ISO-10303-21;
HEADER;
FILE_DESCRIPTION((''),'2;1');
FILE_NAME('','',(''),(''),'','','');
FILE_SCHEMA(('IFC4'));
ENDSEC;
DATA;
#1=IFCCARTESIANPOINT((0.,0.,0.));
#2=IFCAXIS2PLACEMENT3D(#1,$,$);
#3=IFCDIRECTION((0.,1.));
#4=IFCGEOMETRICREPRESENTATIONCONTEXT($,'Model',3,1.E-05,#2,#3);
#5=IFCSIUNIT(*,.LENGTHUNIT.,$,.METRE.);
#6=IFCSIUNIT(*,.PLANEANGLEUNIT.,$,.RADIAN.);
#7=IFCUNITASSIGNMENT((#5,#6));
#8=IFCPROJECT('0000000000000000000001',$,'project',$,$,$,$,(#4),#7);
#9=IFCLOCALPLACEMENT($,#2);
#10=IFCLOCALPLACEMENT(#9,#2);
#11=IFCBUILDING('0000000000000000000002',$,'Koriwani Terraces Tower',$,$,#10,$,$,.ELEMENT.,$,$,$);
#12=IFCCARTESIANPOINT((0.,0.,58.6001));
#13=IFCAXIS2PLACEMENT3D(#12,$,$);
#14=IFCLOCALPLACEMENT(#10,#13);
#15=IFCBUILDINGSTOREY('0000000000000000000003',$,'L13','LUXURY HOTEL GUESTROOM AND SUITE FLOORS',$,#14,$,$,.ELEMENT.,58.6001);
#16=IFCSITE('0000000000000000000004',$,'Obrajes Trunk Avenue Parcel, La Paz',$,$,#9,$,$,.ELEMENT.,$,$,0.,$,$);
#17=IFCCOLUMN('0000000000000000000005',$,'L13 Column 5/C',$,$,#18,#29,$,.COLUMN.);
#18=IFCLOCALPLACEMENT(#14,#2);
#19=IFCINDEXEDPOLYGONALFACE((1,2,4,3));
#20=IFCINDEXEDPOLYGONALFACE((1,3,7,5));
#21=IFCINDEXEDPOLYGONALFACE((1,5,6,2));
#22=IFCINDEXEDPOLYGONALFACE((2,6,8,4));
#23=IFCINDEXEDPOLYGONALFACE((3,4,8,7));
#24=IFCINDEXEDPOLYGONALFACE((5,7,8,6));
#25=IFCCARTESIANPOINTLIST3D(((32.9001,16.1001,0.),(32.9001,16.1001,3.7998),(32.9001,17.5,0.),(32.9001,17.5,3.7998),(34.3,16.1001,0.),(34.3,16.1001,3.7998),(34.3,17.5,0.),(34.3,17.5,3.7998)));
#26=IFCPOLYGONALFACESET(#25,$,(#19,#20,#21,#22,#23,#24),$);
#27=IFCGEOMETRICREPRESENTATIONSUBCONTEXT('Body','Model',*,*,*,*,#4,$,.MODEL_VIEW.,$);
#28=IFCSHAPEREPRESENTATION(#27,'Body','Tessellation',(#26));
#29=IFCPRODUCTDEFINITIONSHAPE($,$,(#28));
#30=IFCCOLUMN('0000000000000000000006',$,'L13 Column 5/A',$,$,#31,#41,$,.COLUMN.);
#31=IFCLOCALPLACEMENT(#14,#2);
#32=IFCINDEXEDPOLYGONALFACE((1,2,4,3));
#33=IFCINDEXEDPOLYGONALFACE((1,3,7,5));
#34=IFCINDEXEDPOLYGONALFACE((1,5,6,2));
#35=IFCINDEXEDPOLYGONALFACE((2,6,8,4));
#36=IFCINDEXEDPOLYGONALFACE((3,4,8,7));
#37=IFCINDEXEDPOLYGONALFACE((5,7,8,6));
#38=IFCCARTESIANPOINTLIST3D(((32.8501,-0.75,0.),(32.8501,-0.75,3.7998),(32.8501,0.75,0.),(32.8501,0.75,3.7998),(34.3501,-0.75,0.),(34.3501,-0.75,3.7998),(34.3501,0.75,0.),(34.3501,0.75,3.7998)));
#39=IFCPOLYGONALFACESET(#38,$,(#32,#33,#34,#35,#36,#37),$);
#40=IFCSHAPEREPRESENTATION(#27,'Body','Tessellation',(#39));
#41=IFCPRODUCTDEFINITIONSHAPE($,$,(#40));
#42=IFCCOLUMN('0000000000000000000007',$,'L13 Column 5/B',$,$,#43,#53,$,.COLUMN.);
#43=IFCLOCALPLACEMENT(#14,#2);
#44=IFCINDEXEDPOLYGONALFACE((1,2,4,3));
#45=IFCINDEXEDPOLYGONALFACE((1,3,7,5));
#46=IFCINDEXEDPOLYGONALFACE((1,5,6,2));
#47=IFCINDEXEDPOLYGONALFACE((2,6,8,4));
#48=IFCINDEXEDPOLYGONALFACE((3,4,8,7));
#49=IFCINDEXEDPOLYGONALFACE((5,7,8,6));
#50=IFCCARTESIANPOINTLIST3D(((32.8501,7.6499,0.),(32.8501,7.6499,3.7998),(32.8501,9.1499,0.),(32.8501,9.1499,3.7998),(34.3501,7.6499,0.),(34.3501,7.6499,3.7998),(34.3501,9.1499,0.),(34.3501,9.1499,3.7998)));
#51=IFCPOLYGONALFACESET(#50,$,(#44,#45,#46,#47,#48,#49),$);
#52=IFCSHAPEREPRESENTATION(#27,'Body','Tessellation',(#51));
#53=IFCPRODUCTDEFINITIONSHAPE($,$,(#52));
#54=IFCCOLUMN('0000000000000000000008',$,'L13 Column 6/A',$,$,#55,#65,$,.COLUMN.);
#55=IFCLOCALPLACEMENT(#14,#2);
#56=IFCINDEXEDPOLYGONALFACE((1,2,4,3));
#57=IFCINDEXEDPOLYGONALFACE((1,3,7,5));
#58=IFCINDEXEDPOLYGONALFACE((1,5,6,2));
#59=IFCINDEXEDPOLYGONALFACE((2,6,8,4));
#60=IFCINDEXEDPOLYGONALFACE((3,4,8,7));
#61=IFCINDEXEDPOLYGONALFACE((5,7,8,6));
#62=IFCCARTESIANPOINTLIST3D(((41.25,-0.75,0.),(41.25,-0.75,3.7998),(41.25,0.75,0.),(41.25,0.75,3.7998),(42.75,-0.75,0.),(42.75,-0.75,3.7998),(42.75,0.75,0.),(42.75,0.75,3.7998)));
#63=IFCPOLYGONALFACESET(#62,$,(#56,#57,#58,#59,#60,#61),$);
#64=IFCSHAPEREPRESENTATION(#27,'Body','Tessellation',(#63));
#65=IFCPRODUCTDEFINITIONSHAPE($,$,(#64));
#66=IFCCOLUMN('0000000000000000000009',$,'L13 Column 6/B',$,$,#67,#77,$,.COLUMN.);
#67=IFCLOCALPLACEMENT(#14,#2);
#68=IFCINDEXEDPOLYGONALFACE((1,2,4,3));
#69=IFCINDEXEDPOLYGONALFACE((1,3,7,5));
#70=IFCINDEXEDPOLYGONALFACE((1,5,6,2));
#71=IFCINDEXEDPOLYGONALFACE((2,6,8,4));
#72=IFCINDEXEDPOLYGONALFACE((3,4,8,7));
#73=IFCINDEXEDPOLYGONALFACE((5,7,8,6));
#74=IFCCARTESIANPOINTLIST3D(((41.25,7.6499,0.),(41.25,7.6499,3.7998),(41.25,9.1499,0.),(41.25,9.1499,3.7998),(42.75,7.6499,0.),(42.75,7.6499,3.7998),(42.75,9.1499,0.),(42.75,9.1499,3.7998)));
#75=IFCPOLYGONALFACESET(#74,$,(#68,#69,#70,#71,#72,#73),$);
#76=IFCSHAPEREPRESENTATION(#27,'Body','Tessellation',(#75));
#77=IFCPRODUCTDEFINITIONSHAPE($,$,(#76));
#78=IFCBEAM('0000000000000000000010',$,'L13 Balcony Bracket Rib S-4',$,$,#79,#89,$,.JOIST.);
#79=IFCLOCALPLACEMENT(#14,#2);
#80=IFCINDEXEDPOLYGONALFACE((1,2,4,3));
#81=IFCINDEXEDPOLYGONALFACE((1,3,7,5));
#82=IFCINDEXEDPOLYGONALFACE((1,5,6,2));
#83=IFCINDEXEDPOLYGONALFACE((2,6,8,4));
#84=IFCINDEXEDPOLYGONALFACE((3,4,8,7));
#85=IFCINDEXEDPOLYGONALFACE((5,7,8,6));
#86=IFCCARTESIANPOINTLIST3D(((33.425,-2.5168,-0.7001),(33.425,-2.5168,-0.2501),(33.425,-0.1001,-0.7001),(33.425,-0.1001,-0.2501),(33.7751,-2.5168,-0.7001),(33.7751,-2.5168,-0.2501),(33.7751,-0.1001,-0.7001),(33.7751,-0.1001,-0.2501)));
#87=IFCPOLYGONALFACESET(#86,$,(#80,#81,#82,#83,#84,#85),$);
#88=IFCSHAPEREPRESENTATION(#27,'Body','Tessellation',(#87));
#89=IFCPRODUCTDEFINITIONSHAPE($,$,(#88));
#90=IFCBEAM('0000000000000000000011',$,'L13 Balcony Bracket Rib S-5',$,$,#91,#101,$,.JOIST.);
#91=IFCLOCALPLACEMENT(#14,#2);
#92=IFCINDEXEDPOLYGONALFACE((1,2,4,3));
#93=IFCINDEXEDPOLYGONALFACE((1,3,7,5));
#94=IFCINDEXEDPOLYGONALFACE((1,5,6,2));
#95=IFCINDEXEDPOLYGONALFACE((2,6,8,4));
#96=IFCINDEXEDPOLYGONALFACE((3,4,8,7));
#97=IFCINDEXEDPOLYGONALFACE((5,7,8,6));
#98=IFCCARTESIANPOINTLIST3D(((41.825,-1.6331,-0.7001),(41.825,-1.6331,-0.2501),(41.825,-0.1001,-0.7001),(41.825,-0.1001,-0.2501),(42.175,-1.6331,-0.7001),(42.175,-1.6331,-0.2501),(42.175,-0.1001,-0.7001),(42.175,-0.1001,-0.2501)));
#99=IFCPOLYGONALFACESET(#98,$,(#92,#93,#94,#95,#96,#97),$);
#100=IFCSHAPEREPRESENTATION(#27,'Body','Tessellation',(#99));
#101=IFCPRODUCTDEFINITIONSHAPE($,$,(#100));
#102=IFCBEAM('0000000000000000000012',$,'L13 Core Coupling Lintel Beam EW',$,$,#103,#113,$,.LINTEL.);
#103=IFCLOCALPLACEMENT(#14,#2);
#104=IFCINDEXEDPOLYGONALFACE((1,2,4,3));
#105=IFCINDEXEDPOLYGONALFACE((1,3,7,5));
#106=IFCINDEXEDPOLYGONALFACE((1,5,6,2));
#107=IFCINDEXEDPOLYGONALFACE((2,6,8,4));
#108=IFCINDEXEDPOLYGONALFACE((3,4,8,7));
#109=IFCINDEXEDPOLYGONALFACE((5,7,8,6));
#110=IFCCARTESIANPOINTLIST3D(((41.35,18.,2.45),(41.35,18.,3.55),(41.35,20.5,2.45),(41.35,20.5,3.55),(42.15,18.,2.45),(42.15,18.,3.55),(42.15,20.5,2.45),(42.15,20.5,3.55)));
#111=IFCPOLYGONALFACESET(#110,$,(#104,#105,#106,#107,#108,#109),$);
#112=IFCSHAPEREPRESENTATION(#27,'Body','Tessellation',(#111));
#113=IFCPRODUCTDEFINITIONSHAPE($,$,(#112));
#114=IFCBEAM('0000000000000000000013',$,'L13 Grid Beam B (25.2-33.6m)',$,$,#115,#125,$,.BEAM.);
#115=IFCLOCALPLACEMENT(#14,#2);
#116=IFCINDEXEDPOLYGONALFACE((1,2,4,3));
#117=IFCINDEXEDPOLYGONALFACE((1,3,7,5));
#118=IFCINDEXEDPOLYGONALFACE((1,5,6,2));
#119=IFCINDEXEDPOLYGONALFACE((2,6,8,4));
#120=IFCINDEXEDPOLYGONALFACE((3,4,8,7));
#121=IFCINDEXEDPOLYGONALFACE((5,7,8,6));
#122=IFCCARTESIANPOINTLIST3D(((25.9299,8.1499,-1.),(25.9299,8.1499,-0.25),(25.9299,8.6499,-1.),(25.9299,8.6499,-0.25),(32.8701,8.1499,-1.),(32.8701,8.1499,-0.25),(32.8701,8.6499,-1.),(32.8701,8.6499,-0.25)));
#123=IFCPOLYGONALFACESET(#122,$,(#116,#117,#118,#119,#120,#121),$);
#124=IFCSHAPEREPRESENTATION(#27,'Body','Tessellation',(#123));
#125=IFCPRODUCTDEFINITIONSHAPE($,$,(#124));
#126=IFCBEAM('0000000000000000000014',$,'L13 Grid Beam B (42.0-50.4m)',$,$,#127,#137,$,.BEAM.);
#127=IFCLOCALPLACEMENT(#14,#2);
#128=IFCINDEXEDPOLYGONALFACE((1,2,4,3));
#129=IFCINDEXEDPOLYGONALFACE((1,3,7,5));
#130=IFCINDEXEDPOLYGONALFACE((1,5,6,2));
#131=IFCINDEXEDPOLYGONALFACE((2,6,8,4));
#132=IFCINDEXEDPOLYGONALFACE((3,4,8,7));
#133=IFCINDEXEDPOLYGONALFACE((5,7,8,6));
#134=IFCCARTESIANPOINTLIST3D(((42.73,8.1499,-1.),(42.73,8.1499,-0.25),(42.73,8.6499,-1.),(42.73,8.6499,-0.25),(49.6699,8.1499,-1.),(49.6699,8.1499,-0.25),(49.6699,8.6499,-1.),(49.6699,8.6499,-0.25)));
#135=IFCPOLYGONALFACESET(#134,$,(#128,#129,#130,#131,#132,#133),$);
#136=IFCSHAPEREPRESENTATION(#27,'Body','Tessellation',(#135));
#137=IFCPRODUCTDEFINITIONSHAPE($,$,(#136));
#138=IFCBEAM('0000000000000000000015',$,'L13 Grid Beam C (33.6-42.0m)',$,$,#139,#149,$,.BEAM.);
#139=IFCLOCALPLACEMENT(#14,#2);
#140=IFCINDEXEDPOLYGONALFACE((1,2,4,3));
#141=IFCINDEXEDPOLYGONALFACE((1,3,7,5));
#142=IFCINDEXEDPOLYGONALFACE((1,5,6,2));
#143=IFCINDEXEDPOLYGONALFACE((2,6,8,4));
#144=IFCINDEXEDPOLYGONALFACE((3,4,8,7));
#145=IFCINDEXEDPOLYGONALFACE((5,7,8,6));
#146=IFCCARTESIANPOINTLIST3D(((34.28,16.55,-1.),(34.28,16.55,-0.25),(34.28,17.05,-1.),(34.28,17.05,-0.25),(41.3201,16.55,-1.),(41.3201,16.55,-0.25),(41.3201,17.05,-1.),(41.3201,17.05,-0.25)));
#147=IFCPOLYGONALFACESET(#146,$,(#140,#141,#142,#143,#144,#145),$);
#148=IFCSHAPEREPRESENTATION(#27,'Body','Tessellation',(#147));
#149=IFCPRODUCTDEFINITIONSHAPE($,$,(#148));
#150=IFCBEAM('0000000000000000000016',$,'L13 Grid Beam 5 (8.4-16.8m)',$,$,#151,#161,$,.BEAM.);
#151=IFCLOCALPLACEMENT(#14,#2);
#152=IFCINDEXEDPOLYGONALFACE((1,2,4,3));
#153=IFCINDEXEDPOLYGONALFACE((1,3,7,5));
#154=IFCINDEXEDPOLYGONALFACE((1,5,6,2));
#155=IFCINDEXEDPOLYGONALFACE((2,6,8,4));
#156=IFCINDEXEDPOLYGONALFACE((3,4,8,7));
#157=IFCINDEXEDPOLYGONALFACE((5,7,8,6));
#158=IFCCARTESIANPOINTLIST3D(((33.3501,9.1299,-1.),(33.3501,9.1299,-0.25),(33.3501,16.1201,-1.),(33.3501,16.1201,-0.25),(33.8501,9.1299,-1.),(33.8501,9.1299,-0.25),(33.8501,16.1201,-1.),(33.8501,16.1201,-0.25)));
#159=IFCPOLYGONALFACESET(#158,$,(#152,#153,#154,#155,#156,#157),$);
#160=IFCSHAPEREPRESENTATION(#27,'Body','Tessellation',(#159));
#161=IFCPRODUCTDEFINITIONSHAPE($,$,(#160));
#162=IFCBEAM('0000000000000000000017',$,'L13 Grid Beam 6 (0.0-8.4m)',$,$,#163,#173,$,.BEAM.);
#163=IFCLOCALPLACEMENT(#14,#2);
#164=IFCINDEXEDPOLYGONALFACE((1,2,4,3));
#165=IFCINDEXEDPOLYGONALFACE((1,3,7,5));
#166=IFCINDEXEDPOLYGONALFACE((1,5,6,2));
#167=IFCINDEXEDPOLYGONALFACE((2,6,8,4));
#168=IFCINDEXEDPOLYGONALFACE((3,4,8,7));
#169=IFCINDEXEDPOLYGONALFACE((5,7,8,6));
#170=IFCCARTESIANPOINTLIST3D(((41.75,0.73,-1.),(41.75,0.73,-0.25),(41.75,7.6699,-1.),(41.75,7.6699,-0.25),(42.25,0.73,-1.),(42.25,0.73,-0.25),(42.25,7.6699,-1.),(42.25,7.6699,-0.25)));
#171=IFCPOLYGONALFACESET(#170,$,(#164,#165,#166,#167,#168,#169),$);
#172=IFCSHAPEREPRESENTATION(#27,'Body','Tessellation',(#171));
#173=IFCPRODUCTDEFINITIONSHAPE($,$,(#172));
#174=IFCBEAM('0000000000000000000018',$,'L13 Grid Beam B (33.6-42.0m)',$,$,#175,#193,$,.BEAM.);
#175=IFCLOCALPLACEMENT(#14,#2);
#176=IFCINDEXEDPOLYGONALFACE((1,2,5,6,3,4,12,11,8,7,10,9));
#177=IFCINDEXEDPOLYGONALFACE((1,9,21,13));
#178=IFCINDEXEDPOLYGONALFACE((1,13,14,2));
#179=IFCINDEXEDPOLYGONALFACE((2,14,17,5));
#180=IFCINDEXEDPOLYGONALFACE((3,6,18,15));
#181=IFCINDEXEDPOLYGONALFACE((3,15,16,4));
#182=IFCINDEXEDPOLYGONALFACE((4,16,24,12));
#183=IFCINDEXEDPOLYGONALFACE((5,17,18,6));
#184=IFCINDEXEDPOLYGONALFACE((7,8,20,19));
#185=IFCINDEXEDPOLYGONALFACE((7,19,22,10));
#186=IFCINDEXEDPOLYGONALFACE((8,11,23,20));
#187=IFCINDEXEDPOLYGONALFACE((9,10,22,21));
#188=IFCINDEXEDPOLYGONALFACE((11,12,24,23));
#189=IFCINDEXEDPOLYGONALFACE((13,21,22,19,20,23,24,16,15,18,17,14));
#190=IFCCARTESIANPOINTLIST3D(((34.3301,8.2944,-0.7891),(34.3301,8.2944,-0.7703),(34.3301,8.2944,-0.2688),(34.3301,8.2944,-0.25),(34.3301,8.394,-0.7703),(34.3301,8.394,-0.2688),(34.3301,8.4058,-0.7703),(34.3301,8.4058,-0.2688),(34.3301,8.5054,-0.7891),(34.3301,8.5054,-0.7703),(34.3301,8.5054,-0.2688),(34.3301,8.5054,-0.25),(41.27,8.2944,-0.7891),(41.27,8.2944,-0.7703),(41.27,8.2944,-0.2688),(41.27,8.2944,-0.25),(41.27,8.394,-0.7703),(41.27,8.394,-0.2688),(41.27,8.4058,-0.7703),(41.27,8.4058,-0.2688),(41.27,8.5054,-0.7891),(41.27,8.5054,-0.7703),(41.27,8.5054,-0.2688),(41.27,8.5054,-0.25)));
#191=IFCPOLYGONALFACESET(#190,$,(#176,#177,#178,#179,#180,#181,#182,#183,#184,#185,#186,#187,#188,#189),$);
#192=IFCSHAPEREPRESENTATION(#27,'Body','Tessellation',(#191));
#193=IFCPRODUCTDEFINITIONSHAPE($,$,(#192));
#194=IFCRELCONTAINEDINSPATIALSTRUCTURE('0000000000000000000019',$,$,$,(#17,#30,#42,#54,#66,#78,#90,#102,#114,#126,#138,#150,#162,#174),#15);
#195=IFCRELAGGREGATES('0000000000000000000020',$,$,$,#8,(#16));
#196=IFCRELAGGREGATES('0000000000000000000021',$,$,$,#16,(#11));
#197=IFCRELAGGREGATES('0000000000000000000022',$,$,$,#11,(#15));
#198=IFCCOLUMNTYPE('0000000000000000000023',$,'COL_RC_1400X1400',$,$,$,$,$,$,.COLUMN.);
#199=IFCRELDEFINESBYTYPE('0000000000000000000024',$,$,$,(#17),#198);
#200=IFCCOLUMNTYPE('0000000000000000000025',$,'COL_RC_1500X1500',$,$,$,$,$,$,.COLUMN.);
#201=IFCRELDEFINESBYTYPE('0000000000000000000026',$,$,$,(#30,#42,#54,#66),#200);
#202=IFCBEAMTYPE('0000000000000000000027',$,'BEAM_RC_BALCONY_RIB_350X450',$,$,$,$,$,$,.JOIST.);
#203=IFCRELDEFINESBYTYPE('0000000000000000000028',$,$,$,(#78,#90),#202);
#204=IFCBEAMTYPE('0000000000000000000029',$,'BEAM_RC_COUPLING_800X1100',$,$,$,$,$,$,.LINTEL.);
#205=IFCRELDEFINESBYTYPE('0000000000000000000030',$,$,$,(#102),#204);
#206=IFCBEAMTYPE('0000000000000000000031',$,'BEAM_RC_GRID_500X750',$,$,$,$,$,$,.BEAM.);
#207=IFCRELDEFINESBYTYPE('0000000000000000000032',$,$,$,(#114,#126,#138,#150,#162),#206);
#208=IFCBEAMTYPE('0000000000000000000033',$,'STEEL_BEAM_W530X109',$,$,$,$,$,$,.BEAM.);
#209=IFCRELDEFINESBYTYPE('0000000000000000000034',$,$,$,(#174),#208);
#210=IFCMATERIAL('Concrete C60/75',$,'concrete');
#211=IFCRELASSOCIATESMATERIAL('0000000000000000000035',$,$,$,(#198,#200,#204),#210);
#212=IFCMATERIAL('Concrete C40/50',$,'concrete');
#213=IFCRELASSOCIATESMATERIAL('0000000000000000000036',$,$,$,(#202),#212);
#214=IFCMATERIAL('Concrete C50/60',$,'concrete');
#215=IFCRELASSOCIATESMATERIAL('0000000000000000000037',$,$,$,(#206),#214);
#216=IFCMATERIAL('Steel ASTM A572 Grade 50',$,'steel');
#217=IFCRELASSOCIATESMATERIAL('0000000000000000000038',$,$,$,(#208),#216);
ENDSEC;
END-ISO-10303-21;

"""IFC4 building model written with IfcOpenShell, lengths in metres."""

from ifc_helpers import new_model, si_unit, direction, frame, origin, origin_2d, place, context, subcontext, project, spatial, rectangle, i_section, extrude, material, material_profile, profile_set, type_object, element, save


model = new_model("IFC4")

# Units and contexts
model_context = context("Model", 3, precision=1e-05, world=origin(), true_north=direction((0.0, 1.0)))
body_context = subcontext(model_context, "Body", "Model", "MODEL_VIEW")
ifc_project = project(units=[si_unit("LENGTHUNIT", "METRE"), si_unit("PLANEANGLEUNIT", "RADIAN")], contexts=[model_context])

# Site, building, storey
site_placement = place(None, origin())
site = spatial("IfcSite", under=ifc_project, at=site_placement, Name="Obrajes Trunk Avenue Parcel, La Paz", CompositionType="ELEMENT", RefElevation=0.0)
building_placement = place(site_placement, origin())
building = spatial("IfcBuilding", under=site, at=building_placement, Name="Koriwani Terraces Tower", CompositionType="ELEMENT")
storey_placement = place(building_placement, frame((0.0, 0.0, 58.6001)))
storey = spatial("IfcBuildingStorey", under=building, at=storey_placement, Name="L13", Description="LUXURY HOTEL GUESTROOM AND SUITE FLOORS", CompositionType="ELEMENT", Elevation=58.6001)

# Columns
ifc_material_1 = material(Name="Concrete C60/75", Category="concrete")
ifc_material_profile_1 = material_profile(ifc_material_1, rectangle(XDim=1.3999, YDim=1.3999, at=origin_2d()), Name="Concrete C60/75", Category="LoadBearing")
ifc_profile_set_1 = profile_set([ifc_material_profile_1], Name="Concrete C60/75")
column_type_1 = type_object("IfcColumnType", Name="COL_RC_1400X1400", PredefinedType="COLUMN", material=ifc_profile_set_1)
column_placement = place(storey_placement, frame((33.6001, 16.8, 0.0), z_axis=(0.0, 0.0, 1.0), x_axis=(1.0, 0.0, 0.0)))
element("IfcColumn", 1, at=column_placement, inside=storey, type_object=column_type_1, Name="L13 Column 5/C", PredefinedType="COLUMN", context=body_context, shape_type="SweptSolid", body=[
    extrude(rectangle(XDim=1.3999, YDim=1.3999, at=origin_2d()), origin(), (0.0, 0.0, 1.0), 3.7998),
])
ifc_material_profile_2 = material_profile(ifc_material_1, rectangle(XDim=1.5, YDim=1.5, at=origin_2d()), Name="Concrete C60/75", Category="LoadBearing")
ifc_profile_set_2 = profile_set([ifc_material_profile_2], Name="Concrete C60/75")
column_type_2 = type_object("IfcColumnType", Name="COL_RC_1500X1500", PredefinedType="COLUMN", material=ifc_profile_set_2)
for number, where, z_axis, x_axis, name in (
    (2, (33.6001, 0.0, 0.0), (0.0, 0.0, 1.0), (1.0, 0.0, 0.0), "L13 Column 5/A"),
    (3, (33.6001, 8.3999, 0.0), (0.0, 0.0, 1.0), (1.0, 0.0, 0.0), "L13 Column 5/B"),
    (4, (42.0, 0.0, 0.0), (0.0, 0.0, 1.0), (1.0, 0.0, 0.0), "L13 Column 6/A"),
    (5, (42.0, 8.3999, 0.0), (0.0, 0.0, 1.0), (1.0, 0.0, 0.0), "L13 Column 6/B"),
):
    element("IfcColumn", number, at=place(storey_placement, frame(where, z_axis=z_axis, x_axis=x_axis)), inside=storey, type_object=column_type_2, Name=name, PredefinedType="COLUMN", context=body_context, shape_type="SweptSolid", body=[
        extrude(rectangle(XDim=1.5, YDim=1.5, at=origin_2d()), origin(), (0.0, 0.0, 1.0), 3.7998),
    ])

# Beams
ifc_material_2 = material(Name="Concrete C40/50", Category="concrete")
ifc_material_profile_3 = material_profile(ifc_material_2, rectangle(XDim=0.3501, YDim=0.45, at=origin_2d()), Name="Concrete C40/50", Category="LoadBearing")
ifc_profile_set_3 = profile_set([ifc_material_profile_3], Name="Concrete C40/50")
beam_type_1 = type_object("IfcBeamType", Name="BEAM_RC_BALCONY_RIB_350X450", PredefinedType="JOIST", material=ifc_profile_set_3)
beam_1_placement = place(storey_placement, frame((33.6001, -2.5168, -0.4751), z_axis=(0.0, 1.0, 0.0), x_axis=(-1.0, 0.0, 0.0)))
element("IfcBeam", 6, at=beam_1_placement, inside=storey, type_object=beam_type_1, Name="L13 Balcony Bracket Rib S-4", PredefinedType="JOIST", context=body_context, shape_type="SweptSolid", body=[
    extrude(rectangle(XDim=0.3501, YDim=0.45, at=origin_2d()), origin(), (0.0, 0.0, 1.0), 2.4167),
])
beam_2_placement = place(storey_placement, frame((42.0, -1.6331, -0.4751), z_axis=(0.0, 1.0, 0.0), x_axis=(-1.0, 0.0, 0.0)))
element("IfcBeam", 7, at=beam_2_placement, inside=storey, type_object=beam_type_1, Name="L13 Balcony Bracket Rib S-5", PredefinedType="JOIST", context=body_context, shape_type="SweptSolid", body=[
    extrude(rectangle(XDim=0.3501, YDim=0.45, at=origin_2d()), origin(), (0.0, 0.0, 1.0), 1.533),
])
ifc_material_profile_4 = material_profile(ifc_material_1, rectangle(XDim=0.8, YDim=1.1001, at=origin_2d()), Name="Concrete C60/75", Category="LoadBearing")
ifc_profile_set_4 = profile_set([ifc_material_profile_4], Name="Concrete C60/75")
beam_type_2 = type_object("IfcBeamType", Name="BEAM_RC_COUPLING_800X1100", PredefinedType="LINTEL", material=ifc_profile_set_4)
beam_3_placement = place(storey_placement, frame((41.75, 18.0, 3.0), z_axis=(0.0, 1.0, 0.0), x_axis=(-1.0, 0.0, 0.0)))
element("IfcBeam", 8, at=beam_3_placement, inside=storey, type_object=beam_type_2, Name="L13 Core Coupling Lintel Beam EW", PredefinedType="LINTEL", context=body_context, shape_type="SweptSolid", body=[
    extrude(rectangle(XDim=0.8, YDim=1.1001, at=origin_2d()), origin(), (0.0, 0.0, 1.0), 2.5),
])
ifc_material_3 = material(Name="Concrete C50/60", Category="concrete")
ifc_material_profile_5 = material_profile(ifc_material_3, rectangle(XDim=0.5, YDim=0.75, at=origin_2d()), Name="Concrete C50/60", Category="LoadBearing")
ifc_profile_set_5 = profile_set([ifc_material_profile_5], Name="Concrete C50/60")
beam_type_3 = type_object("IfcBeamType", Name="BEAM_RC_GRID_500X750", PredefinedType="BEAM", material=ifc_profile_set_5)
beam_4_placement = place(storey_placement, frame((25.9299, 8.3999, -0.625), z_axis=(1.0, 0.0, 0.0), x_axis=(0.0, 1.0, 0.0)))
element("IfcBeam", 9, at=beam_4_placement, inside=storey, type_object=beam_type_3, Name="L13 Grid Beam B (25.2-33.6m)", PredefinedType="BEAM", context=body_context, shape_type="SweptSolid", body=[
    extrude(rectangle(XDim=0.5, YDim=0.75, at=origin_2d()), origin(), (0.0, 0.0, 1.0), 6.9402),
])
beam_5_placement = place(storey_placement, frame((42.73, 8.3999, -0.625), z_axis=(1.0, 0.0, 0.0), x_axis=(0.0, 1.0, 0.0)))
element("IfcBeam", 10, at=beam_5_placement, inside=storey, type_object=beam_type_3, Name="L13 Grid Beam B (42.0-50.4m)", PredefinedType="BEAM", context=body_context, shape_type="SweptSolid", body=[
    extrude(rectangle(XDim=0.5, YDim=0.75, at=origin_2d()), origin(), (0.0, 0.0, 1.0), 6.9399),
])
beam_6_placement = place(storey_placement, frame((34.28, 16.8, -0.625), z_axis=(1.0, 0.0, 0.0), x_axis=(0.0, 1.0, 0.0)))
element("IfcBeam", 11, at=beam_6_placement, inside=storey, type_object=beam_type_3, Name="L13 Grid Beam C (33.6-42.0m)", PredefinedType="BEAM", context=body_context, shape_type="SweptSolid", body=[
    extrude(rectangle(XDim=0.5, YDim=0.75, at=origin_2d()), origin(), (0.0, 0.0, 1.0), 7.04),
])
beam_7_placement = place(storey_placement, frame((33.6001, 9.1299, -0.625), z_axis=(0.0, 1.0, 0.0), x_axis=(-1.0, 0.0, 0.0)))
element("IfcBeam", 12, at=beam_7_placement, inside=storey, type_object=beam_type_3, Name="L13 Grid Beam 5 (8.4-16.8m)", PredefinedType="BEAM", context=body_context, shape_type="SweptSolid", body=[
    extrude(rectangle(XDim=0.5, YDim=0.75, at=origin_2d()), origin(), (0.0, 0.0, 1.0), 6.9902),
])
beam_8_placement = place(storey_placement, frame((42.0, 0.73, -0.625), z_axis=(0.0, 1.0, 0.0), x_axis=(-1.0, 0.0, 0.0)))
element("IfcBeam", 13, at=beam_8_placement, inside=storey, type_object=beam_type_3, Name="L13 Grid Beam 6 (0.0-8.4m)", PredefinedType="BEAM", context=body_context, shape_type="SweptSolid", body=[
    extrude(rectangle(XDim=0.5, YDim=0.75, at=origin_2d()), origin(), (0.0, 0.0, 1.0), 6.9399),
])
ifc_material_4 = material(Name="Steel ASTM A572 Grade 50", Category="steel")
ifc_material_profile_6 = material_profile(ifc_material_4, i_section(OverallWidth=0.2109, OverallDepth=0.5391, WebThickness=0.0117, FlangeThickness=0.0188, at=origin_2d()), Name="Steel ASTM A572 Grade 50", Category="LoadBearing")
ifc_profile_set_6 = profile_set([ifc_material_profile_6], Name="Steel ASTM A572 Grade 50")
beam_type_4 = type_object("IfcBeamType", Name="STEEL_BEAM_W530X109", PredefinedType="BEAM", material=ifc_profile_set_6)
beam_9_placement = place(storey_placement, frame((34.3301, 8.3999, -0.5195), z_axis=(1.0, 0.0, 0.0), x_axis=(0.0, 1.0, 0.0)))
element("IfcBeam", 14, at=beam_9_placement, inside=storey, type_object=beam_type_4, Name="L13 Grid Beam B (33.6-42.0m)", PredefinedType="BEAM", context=body_context, shape_type="SweptSolid", body=[
    extrude(i_section(OverallWidth=0.2109, OverallDepth=0.5391, WebThickness=0.0117, FlangeThickness=0.0188, at=origin_2d()), origin(), (0.0, 0.0, 1.0), 6.9399),
])

save(model, "model.ifc")
